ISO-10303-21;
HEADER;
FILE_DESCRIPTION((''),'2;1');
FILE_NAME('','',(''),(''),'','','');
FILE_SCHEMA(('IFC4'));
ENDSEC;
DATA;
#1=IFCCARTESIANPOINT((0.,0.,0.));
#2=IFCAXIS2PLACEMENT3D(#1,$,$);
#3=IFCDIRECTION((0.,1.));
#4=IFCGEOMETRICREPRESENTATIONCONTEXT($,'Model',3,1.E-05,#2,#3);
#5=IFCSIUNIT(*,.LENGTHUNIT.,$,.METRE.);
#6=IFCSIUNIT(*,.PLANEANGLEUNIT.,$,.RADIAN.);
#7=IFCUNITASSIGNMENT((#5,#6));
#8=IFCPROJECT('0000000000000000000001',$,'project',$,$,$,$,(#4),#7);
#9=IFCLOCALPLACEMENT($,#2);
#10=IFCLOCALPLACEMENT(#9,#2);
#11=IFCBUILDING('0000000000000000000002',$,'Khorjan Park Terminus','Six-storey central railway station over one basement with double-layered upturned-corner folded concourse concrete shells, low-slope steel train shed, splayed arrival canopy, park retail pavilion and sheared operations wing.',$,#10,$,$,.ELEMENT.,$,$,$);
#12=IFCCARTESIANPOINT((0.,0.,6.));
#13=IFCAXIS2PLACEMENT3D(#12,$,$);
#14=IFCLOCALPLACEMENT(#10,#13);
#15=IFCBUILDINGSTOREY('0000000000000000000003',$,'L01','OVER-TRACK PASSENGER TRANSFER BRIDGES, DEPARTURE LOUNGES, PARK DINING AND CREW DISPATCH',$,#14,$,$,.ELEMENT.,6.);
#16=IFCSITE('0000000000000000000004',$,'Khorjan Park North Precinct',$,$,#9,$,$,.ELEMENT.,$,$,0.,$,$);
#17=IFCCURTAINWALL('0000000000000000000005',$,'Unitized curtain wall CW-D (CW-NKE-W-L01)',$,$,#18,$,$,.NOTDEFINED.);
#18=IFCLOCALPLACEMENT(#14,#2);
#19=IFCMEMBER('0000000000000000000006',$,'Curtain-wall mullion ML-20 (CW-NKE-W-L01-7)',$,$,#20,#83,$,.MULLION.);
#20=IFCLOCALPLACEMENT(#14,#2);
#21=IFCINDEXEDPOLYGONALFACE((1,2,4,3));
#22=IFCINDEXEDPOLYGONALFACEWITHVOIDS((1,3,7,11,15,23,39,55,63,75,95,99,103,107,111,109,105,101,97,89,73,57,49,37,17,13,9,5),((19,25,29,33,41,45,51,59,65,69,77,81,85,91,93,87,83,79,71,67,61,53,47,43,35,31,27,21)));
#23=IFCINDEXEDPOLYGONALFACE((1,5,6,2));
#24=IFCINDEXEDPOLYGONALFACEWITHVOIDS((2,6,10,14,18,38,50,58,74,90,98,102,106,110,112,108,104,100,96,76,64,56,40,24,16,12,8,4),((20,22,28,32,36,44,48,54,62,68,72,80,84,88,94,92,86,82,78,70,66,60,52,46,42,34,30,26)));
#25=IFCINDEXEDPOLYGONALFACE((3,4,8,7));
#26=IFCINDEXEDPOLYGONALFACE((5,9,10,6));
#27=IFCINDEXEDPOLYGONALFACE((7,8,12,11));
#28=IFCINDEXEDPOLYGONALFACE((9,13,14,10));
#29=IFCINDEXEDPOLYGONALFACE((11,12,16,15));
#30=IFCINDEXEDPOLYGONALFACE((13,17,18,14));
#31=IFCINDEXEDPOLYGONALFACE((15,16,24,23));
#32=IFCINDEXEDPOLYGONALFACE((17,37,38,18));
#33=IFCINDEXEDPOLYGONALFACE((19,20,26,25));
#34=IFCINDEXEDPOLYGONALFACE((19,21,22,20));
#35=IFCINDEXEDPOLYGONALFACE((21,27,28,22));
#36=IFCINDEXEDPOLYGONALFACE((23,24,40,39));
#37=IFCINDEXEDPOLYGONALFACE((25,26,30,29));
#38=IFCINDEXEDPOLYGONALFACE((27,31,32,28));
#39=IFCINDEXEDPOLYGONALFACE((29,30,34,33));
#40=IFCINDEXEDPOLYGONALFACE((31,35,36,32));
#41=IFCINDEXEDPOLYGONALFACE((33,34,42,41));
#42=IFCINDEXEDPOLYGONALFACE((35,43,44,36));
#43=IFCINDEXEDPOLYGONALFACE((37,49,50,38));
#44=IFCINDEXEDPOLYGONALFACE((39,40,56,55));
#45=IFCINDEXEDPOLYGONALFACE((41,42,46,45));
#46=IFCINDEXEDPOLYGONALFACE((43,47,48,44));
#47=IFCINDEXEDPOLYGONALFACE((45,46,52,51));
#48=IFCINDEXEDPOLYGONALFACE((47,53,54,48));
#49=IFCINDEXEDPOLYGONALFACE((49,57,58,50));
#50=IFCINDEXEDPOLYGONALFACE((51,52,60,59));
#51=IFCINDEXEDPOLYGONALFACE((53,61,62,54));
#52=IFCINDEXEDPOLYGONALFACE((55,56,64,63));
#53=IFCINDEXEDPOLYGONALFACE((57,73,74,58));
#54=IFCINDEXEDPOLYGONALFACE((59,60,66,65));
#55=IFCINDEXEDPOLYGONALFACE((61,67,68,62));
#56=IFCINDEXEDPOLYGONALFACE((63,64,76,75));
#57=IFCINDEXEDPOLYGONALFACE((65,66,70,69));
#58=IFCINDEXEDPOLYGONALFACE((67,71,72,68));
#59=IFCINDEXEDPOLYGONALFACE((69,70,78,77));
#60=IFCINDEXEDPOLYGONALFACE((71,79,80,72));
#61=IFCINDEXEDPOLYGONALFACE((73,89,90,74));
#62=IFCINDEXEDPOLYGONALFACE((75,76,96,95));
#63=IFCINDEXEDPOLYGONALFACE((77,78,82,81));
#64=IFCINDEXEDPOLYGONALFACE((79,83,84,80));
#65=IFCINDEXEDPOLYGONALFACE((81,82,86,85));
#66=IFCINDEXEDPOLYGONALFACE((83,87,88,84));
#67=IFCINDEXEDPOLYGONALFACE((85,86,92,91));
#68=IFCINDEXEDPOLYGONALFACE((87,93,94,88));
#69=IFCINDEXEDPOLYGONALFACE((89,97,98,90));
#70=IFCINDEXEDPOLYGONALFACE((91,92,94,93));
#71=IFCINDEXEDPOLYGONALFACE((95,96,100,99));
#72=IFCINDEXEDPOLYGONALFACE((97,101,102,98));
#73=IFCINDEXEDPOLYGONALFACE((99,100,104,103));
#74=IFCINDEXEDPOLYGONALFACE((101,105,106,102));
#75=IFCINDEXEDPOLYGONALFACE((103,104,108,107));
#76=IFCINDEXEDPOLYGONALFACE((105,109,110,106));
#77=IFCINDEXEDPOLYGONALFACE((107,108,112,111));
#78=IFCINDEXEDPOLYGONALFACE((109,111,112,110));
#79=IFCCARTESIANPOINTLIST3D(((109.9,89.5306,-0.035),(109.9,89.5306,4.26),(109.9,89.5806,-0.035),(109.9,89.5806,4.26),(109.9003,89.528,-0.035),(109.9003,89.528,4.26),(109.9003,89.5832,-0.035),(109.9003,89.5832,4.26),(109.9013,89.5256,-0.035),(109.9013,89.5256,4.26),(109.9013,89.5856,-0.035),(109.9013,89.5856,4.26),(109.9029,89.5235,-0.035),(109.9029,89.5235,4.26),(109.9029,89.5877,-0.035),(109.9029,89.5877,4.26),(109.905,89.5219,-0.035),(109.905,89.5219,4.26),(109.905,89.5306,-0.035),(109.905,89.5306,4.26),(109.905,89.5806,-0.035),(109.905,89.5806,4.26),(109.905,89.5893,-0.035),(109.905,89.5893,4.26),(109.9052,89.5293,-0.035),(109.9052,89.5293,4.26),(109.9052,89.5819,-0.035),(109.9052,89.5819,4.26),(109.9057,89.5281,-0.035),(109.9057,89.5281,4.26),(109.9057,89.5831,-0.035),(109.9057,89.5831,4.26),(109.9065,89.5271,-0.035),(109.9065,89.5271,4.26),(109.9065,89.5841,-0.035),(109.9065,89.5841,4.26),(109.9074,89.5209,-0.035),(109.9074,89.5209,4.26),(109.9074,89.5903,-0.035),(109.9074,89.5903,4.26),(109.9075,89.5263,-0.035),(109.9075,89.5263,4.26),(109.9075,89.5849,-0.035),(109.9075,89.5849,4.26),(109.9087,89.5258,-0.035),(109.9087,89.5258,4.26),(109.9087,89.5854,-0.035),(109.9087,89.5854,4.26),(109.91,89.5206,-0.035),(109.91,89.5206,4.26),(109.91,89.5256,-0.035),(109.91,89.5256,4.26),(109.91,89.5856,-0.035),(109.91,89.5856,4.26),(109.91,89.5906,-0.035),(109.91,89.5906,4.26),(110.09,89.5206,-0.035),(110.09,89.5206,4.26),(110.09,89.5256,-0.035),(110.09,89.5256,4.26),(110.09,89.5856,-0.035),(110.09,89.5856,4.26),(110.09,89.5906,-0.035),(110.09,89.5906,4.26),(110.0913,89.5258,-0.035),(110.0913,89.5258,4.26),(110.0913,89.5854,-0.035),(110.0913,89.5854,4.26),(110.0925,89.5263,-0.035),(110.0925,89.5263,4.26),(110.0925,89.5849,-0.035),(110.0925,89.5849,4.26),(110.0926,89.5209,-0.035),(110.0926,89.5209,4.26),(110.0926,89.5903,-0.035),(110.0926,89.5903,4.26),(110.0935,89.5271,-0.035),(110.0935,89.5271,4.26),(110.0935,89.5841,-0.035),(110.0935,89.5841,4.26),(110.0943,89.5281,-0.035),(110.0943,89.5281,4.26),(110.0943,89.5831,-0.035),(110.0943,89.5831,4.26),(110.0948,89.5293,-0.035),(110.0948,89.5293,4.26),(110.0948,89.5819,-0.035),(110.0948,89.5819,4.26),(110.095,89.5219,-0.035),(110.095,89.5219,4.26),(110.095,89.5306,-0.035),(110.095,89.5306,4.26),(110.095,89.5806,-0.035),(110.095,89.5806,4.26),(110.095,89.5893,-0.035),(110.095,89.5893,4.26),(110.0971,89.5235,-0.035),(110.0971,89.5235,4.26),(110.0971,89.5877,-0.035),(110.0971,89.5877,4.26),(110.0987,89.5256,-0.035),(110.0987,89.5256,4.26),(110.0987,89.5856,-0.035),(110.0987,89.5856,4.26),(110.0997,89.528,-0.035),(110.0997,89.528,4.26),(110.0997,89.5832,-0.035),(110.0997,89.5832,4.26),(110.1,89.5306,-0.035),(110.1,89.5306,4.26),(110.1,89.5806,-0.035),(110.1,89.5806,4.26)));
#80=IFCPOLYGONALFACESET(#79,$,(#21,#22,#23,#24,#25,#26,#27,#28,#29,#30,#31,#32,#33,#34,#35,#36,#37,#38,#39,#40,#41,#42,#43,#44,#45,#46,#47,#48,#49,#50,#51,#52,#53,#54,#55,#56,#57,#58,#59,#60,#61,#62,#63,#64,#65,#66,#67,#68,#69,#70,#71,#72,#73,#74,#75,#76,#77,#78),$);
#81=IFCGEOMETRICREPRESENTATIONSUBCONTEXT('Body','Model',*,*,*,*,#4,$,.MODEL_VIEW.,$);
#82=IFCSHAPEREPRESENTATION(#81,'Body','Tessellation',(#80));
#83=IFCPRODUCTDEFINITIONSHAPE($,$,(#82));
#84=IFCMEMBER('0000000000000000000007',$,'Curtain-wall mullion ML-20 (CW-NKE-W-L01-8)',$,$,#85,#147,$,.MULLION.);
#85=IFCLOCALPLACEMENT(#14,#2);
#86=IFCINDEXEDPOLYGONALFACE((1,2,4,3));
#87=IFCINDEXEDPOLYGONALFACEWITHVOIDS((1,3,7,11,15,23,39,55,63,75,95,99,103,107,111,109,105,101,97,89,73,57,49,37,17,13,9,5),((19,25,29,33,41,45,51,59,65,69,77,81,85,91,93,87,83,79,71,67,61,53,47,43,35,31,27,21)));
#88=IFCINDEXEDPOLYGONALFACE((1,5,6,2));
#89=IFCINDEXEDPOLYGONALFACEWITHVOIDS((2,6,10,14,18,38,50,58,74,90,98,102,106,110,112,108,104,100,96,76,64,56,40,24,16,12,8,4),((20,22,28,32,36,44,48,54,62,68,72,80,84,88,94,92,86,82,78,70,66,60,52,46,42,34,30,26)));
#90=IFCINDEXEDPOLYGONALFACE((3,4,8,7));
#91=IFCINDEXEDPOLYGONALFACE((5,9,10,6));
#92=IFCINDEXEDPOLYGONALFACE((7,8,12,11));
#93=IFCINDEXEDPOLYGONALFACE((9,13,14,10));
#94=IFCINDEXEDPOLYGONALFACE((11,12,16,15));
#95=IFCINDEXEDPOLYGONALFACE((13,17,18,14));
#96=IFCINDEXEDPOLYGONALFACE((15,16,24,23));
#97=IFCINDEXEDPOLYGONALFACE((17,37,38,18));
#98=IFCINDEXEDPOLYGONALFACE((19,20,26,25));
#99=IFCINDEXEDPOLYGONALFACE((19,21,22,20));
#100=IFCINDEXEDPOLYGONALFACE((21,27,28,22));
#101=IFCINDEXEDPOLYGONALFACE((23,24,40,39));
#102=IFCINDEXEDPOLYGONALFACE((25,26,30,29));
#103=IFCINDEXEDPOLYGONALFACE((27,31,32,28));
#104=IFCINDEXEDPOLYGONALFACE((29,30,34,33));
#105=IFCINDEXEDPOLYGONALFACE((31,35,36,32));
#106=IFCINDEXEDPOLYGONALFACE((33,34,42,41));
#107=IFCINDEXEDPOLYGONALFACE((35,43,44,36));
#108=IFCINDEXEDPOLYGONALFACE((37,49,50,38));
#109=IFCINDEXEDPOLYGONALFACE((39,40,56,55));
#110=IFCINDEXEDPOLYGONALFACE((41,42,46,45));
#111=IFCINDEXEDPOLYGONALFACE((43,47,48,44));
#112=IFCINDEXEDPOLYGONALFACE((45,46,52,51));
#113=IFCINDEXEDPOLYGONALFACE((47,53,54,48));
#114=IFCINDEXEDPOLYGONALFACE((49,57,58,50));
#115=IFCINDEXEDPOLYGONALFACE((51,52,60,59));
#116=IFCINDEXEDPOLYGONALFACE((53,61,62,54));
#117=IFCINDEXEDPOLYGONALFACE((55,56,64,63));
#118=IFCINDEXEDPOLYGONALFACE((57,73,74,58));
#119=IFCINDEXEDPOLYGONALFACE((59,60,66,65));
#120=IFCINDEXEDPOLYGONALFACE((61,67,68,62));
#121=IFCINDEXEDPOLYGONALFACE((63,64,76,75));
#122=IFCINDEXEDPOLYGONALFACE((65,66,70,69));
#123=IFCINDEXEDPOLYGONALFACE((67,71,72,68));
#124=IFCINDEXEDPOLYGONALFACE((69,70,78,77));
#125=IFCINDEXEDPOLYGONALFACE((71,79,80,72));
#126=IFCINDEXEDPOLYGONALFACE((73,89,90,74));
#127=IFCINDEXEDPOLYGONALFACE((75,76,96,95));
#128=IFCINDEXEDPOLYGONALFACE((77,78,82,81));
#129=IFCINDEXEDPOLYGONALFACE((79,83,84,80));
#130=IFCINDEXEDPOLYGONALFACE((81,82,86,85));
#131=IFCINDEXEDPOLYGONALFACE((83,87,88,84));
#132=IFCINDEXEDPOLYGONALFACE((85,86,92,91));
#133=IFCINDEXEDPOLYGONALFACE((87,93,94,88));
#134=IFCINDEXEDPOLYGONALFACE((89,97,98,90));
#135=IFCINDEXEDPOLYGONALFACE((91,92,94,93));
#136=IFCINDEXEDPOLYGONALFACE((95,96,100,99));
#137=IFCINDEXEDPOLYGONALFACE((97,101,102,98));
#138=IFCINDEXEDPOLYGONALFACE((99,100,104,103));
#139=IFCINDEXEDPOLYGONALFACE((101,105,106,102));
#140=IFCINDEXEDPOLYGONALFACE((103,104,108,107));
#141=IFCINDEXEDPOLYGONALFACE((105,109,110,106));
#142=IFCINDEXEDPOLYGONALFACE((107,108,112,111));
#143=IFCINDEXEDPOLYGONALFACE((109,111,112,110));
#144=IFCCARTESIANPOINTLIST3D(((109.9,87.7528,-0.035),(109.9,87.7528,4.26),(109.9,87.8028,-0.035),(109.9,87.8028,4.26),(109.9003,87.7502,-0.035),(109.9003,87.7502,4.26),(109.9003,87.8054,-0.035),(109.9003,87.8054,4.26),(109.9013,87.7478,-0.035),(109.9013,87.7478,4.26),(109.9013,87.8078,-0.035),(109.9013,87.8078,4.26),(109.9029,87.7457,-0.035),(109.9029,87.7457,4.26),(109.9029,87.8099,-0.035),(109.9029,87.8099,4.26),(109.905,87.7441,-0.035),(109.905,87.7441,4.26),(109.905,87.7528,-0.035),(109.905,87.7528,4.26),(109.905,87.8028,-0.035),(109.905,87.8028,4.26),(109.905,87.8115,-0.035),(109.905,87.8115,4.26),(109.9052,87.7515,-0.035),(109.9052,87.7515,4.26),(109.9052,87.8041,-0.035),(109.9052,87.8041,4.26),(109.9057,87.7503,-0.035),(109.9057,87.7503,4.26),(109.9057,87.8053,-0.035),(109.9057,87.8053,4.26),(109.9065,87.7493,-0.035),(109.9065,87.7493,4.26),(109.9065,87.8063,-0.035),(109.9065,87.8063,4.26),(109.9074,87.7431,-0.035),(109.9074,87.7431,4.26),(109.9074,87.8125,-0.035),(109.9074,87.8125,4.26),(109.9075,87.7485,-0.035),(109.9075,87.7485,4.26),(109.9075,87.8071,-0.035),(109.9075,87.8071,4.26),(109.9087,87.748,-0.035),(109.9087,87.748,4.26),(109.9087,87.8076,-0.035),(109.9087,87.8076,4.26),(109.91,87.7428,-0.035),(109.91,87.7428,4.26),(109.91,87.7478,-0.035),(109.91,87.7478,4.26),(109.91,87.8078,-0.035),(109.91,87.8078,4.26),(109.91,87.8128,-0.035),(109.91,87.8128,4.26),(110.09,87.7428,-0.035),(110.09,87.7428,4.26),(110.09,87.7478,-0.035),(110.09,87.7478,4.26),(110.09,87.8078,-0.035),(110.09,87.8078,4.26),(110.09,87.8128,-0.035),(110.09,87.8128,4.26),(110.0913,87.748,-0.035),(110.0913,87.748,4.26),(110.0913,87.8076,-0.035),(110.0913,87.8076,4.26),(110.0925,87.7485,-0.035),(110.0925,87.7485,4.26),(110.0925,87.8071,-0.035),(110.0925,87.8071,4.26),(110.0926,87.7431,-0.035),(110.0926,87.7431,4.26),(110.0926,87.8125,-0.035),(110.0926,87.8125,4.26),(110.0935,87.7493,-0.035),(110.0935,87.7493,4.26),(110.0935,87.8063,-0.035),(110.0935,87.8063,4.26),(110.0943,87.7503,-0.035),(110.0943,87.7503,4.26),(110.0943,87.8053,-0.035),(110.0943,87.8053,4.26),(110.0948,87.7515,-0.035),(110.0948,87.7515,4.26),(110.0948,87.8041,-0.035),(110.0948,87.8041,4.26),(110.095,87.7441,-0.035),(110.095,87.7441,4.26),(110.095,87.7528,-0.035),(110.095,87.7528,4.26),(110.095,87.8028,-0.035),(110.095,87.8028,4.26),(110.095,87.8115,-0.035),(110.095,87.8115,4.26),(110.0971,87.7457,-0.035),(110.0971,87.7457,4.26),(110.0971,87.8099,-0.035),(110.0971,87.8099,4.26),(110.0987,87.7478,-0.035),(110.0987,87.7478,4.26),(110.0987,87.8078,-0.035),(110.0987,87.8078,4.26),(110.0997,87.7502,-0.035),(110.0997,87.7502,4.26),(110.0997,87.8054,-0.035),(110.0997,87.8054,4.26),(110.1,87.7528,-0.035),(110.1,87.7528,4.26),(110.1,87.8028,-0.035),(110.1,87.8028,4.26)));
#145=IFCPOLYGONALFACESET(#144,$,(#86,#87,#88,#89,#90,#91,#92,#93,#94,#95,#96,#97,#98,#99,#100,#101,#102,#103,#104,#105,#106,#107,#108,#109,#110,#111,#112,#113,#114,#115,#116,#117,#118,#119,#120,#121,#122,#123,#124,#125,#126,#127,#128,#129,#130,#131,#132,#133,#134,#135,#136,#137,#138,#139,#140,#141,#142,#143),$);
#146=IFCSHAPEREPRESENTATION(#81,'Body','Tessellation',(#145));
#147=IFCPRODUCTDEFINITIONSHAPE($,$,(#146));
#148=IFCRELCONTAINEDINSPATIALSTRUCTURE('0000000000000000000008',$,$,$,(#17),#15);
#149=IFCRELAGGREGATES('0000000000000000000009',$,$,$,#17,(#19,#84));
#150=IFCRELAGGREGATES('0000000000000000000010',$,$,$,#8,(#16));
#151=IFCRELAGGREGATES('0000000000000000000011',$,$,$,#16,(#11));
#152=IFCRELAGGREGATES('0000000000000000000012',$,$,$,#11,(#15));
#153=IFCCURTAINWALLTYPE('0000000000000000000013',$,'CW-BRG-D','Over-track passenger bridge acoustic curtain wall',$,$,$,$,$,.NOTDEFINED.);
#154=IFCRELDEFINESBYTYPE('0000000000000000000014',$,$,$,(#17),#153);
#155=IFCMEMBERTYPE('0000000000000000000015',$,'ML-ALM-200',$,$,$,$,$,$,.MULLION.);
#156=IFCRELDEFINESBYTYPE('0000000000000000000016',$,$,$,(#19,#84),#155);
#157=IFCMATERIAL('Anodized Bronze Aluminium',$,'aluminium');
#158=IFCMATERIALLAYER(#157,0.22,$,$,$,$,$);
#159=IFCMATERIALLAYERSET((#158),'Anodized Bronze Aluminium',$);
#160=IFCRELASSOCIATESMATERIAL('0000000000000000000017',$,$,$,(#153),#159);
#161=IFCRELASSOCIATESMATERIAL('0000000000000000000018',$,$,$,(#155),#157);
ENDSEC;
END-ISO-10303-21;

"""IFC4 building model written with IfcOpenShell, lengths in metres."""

from ifc_helpers import new_model, si_unit, direction, frame, origin, origin_2d, place, context, subcontext, project, spatial, hollow_rectangle, extrude, material, layer, layer_set, material_profile, profile_set, type_object, element, aggregate, save


model = new_model("IFC4")

# Units and contexts
model_context = context("Model", 3, precision=1e-05, world=origin(), true_north=direction((0.0, 1.0)))
body_context = subcontext(model_context, "Body", "Model", "MODEL_VIEW")
ifc_project = project(units=[si_unit("LENGTHUNIT", "METRE"), si_unit("PLANEANGLEUNIT", "RADIAN")], contexts=[model_context])

# Site, building, storey
site_placement = place(None, origin())
site = spatial("IfcSite", under=ifc_project, at=site_placement, Name="Khorjan Park North Precinct", CompositionType="ELEMENT", RefElevation=0.0)
building_placement = place(site_placement, origin())
building = spatial("IfcBuilding", under=site, at=building_placement, Name="Khorjan Park Terminus", Description="Six-storey central railway station over one basement with double-layered upturned-corner folded concourse concrete shells, low-slope steel train shed, splayed arrival canopy, park retail pavilion and sheared operations wing.", CompositionType="ELEMENT")
storey_placement = place(building_placement, frame((0.0, 0.0, 6.0)))
storey = spatial("IfcBuildingStorey", under=building, at=storey_placement, Name="L01", Description="OVER-TRACK PASSENGER TRANSFER BRIDGES, DEPARTURE LOUNGES, PARK DINING AND CREW DISPATCH", CompositionType="ELEMENT", Elevation=6.0)

# Curtain wall, members
ifc_material_1 = material(Name="Anodized Bronze Aluminium", Category="aluminium")
ifc_layer_1 = layer(ifc_material_1, 0.22)
ifc_layer_set_1 = layer_set([ifc_layer_1], Name="Anodized Bronze Aluminium")
curtain_wall_type_1 = type_object("IfcCurtainWallType", Name="CW-BRG-D", Description="Over-track passenger bridge acoustic curtain wall", PredefinedType="NOTDEFINED", material=ifc_layer_set_1)
curtain_wall_1_placement = place(storey_placement, origin())
curtain_wall_1 = element("IfcCurtainWall", 1, at=curtain_wall_1_placement, inside=storey, type_object=curtain_wall_type_1, Name="Unitized curtain wall CW-D (CW-NKE-W-L01)", PredefinedType="NOTDEFINED")
ifc_material_profile_1 = material_profile(ifc_material_1, hollow_rectangle(XDim=0.07, YDim=0.2, WallThickness=0.005, InnerFilletRadius=0.005, OuterFilletRadius=0.01, at=origin_2d()), Name="ALM 70x200x5")
ifc_profile_set_1 = profile_set([ifc_material_profile_1], Name="Anodized Bronze Aluminium")
member_type_1 = type_object("IfcMemberType", Name="ML-ALM-200", PredefinedType="MULLION", material=ifc_profile_set_1)
member_1_placement = place(storey_placement, frame((110.0, 89.5556, -0.035), z_axis=(0.0, 0.0, 1.0), x_axis=(0.0, -1.0, 0.0)))
member_1 = element("IfcMember", 2, at=member_1_placement, type_object=member_type_1, Name="Curtain-wall mullion ML-20 (CW-NKE-W-L01-7)", PredefinedType="MULLION", context=body_context, shape_type="SweptSolid", body=[
    extrude(hollow_rectangle(XDim=0.07, YDim=0.2, WallThickness=0.005, InnerFilletRadius=0.005, OuterFilletRadius=0.01, at=origin_2d()), origin(), (0.0, 0.0, 1.0), 4.295),
])
member_2_placement = place(storey_placement, frame((110.0, 87.7778, -0.035), z_axis=(0.0, 0.0, 1.0), x_axis=(0.0, -1.0, 0.0)))
member_2 = element("IfcMember", 3, at=member_2_placement, type_object=member_type_1, Name="Curtain-wall mullion ML-20 (CW-NKE-W-L01-8)", PredefinedType="MULLION", context=body_context, shape_type="SweptSolid", body=[
    extrude(hollow_rectangle(XDim=0.07, YDim=0.2, WallThickness=0.005, InnerFilletRadius=0.005, OuterFilletRadius=0.01, at=origin_2d()), origin(), (0.0, 0.0, 1.0), 4.295),
])

aggregate(curtain_wall_1, [member_1, member_2])

save(model, "model.ifc")
